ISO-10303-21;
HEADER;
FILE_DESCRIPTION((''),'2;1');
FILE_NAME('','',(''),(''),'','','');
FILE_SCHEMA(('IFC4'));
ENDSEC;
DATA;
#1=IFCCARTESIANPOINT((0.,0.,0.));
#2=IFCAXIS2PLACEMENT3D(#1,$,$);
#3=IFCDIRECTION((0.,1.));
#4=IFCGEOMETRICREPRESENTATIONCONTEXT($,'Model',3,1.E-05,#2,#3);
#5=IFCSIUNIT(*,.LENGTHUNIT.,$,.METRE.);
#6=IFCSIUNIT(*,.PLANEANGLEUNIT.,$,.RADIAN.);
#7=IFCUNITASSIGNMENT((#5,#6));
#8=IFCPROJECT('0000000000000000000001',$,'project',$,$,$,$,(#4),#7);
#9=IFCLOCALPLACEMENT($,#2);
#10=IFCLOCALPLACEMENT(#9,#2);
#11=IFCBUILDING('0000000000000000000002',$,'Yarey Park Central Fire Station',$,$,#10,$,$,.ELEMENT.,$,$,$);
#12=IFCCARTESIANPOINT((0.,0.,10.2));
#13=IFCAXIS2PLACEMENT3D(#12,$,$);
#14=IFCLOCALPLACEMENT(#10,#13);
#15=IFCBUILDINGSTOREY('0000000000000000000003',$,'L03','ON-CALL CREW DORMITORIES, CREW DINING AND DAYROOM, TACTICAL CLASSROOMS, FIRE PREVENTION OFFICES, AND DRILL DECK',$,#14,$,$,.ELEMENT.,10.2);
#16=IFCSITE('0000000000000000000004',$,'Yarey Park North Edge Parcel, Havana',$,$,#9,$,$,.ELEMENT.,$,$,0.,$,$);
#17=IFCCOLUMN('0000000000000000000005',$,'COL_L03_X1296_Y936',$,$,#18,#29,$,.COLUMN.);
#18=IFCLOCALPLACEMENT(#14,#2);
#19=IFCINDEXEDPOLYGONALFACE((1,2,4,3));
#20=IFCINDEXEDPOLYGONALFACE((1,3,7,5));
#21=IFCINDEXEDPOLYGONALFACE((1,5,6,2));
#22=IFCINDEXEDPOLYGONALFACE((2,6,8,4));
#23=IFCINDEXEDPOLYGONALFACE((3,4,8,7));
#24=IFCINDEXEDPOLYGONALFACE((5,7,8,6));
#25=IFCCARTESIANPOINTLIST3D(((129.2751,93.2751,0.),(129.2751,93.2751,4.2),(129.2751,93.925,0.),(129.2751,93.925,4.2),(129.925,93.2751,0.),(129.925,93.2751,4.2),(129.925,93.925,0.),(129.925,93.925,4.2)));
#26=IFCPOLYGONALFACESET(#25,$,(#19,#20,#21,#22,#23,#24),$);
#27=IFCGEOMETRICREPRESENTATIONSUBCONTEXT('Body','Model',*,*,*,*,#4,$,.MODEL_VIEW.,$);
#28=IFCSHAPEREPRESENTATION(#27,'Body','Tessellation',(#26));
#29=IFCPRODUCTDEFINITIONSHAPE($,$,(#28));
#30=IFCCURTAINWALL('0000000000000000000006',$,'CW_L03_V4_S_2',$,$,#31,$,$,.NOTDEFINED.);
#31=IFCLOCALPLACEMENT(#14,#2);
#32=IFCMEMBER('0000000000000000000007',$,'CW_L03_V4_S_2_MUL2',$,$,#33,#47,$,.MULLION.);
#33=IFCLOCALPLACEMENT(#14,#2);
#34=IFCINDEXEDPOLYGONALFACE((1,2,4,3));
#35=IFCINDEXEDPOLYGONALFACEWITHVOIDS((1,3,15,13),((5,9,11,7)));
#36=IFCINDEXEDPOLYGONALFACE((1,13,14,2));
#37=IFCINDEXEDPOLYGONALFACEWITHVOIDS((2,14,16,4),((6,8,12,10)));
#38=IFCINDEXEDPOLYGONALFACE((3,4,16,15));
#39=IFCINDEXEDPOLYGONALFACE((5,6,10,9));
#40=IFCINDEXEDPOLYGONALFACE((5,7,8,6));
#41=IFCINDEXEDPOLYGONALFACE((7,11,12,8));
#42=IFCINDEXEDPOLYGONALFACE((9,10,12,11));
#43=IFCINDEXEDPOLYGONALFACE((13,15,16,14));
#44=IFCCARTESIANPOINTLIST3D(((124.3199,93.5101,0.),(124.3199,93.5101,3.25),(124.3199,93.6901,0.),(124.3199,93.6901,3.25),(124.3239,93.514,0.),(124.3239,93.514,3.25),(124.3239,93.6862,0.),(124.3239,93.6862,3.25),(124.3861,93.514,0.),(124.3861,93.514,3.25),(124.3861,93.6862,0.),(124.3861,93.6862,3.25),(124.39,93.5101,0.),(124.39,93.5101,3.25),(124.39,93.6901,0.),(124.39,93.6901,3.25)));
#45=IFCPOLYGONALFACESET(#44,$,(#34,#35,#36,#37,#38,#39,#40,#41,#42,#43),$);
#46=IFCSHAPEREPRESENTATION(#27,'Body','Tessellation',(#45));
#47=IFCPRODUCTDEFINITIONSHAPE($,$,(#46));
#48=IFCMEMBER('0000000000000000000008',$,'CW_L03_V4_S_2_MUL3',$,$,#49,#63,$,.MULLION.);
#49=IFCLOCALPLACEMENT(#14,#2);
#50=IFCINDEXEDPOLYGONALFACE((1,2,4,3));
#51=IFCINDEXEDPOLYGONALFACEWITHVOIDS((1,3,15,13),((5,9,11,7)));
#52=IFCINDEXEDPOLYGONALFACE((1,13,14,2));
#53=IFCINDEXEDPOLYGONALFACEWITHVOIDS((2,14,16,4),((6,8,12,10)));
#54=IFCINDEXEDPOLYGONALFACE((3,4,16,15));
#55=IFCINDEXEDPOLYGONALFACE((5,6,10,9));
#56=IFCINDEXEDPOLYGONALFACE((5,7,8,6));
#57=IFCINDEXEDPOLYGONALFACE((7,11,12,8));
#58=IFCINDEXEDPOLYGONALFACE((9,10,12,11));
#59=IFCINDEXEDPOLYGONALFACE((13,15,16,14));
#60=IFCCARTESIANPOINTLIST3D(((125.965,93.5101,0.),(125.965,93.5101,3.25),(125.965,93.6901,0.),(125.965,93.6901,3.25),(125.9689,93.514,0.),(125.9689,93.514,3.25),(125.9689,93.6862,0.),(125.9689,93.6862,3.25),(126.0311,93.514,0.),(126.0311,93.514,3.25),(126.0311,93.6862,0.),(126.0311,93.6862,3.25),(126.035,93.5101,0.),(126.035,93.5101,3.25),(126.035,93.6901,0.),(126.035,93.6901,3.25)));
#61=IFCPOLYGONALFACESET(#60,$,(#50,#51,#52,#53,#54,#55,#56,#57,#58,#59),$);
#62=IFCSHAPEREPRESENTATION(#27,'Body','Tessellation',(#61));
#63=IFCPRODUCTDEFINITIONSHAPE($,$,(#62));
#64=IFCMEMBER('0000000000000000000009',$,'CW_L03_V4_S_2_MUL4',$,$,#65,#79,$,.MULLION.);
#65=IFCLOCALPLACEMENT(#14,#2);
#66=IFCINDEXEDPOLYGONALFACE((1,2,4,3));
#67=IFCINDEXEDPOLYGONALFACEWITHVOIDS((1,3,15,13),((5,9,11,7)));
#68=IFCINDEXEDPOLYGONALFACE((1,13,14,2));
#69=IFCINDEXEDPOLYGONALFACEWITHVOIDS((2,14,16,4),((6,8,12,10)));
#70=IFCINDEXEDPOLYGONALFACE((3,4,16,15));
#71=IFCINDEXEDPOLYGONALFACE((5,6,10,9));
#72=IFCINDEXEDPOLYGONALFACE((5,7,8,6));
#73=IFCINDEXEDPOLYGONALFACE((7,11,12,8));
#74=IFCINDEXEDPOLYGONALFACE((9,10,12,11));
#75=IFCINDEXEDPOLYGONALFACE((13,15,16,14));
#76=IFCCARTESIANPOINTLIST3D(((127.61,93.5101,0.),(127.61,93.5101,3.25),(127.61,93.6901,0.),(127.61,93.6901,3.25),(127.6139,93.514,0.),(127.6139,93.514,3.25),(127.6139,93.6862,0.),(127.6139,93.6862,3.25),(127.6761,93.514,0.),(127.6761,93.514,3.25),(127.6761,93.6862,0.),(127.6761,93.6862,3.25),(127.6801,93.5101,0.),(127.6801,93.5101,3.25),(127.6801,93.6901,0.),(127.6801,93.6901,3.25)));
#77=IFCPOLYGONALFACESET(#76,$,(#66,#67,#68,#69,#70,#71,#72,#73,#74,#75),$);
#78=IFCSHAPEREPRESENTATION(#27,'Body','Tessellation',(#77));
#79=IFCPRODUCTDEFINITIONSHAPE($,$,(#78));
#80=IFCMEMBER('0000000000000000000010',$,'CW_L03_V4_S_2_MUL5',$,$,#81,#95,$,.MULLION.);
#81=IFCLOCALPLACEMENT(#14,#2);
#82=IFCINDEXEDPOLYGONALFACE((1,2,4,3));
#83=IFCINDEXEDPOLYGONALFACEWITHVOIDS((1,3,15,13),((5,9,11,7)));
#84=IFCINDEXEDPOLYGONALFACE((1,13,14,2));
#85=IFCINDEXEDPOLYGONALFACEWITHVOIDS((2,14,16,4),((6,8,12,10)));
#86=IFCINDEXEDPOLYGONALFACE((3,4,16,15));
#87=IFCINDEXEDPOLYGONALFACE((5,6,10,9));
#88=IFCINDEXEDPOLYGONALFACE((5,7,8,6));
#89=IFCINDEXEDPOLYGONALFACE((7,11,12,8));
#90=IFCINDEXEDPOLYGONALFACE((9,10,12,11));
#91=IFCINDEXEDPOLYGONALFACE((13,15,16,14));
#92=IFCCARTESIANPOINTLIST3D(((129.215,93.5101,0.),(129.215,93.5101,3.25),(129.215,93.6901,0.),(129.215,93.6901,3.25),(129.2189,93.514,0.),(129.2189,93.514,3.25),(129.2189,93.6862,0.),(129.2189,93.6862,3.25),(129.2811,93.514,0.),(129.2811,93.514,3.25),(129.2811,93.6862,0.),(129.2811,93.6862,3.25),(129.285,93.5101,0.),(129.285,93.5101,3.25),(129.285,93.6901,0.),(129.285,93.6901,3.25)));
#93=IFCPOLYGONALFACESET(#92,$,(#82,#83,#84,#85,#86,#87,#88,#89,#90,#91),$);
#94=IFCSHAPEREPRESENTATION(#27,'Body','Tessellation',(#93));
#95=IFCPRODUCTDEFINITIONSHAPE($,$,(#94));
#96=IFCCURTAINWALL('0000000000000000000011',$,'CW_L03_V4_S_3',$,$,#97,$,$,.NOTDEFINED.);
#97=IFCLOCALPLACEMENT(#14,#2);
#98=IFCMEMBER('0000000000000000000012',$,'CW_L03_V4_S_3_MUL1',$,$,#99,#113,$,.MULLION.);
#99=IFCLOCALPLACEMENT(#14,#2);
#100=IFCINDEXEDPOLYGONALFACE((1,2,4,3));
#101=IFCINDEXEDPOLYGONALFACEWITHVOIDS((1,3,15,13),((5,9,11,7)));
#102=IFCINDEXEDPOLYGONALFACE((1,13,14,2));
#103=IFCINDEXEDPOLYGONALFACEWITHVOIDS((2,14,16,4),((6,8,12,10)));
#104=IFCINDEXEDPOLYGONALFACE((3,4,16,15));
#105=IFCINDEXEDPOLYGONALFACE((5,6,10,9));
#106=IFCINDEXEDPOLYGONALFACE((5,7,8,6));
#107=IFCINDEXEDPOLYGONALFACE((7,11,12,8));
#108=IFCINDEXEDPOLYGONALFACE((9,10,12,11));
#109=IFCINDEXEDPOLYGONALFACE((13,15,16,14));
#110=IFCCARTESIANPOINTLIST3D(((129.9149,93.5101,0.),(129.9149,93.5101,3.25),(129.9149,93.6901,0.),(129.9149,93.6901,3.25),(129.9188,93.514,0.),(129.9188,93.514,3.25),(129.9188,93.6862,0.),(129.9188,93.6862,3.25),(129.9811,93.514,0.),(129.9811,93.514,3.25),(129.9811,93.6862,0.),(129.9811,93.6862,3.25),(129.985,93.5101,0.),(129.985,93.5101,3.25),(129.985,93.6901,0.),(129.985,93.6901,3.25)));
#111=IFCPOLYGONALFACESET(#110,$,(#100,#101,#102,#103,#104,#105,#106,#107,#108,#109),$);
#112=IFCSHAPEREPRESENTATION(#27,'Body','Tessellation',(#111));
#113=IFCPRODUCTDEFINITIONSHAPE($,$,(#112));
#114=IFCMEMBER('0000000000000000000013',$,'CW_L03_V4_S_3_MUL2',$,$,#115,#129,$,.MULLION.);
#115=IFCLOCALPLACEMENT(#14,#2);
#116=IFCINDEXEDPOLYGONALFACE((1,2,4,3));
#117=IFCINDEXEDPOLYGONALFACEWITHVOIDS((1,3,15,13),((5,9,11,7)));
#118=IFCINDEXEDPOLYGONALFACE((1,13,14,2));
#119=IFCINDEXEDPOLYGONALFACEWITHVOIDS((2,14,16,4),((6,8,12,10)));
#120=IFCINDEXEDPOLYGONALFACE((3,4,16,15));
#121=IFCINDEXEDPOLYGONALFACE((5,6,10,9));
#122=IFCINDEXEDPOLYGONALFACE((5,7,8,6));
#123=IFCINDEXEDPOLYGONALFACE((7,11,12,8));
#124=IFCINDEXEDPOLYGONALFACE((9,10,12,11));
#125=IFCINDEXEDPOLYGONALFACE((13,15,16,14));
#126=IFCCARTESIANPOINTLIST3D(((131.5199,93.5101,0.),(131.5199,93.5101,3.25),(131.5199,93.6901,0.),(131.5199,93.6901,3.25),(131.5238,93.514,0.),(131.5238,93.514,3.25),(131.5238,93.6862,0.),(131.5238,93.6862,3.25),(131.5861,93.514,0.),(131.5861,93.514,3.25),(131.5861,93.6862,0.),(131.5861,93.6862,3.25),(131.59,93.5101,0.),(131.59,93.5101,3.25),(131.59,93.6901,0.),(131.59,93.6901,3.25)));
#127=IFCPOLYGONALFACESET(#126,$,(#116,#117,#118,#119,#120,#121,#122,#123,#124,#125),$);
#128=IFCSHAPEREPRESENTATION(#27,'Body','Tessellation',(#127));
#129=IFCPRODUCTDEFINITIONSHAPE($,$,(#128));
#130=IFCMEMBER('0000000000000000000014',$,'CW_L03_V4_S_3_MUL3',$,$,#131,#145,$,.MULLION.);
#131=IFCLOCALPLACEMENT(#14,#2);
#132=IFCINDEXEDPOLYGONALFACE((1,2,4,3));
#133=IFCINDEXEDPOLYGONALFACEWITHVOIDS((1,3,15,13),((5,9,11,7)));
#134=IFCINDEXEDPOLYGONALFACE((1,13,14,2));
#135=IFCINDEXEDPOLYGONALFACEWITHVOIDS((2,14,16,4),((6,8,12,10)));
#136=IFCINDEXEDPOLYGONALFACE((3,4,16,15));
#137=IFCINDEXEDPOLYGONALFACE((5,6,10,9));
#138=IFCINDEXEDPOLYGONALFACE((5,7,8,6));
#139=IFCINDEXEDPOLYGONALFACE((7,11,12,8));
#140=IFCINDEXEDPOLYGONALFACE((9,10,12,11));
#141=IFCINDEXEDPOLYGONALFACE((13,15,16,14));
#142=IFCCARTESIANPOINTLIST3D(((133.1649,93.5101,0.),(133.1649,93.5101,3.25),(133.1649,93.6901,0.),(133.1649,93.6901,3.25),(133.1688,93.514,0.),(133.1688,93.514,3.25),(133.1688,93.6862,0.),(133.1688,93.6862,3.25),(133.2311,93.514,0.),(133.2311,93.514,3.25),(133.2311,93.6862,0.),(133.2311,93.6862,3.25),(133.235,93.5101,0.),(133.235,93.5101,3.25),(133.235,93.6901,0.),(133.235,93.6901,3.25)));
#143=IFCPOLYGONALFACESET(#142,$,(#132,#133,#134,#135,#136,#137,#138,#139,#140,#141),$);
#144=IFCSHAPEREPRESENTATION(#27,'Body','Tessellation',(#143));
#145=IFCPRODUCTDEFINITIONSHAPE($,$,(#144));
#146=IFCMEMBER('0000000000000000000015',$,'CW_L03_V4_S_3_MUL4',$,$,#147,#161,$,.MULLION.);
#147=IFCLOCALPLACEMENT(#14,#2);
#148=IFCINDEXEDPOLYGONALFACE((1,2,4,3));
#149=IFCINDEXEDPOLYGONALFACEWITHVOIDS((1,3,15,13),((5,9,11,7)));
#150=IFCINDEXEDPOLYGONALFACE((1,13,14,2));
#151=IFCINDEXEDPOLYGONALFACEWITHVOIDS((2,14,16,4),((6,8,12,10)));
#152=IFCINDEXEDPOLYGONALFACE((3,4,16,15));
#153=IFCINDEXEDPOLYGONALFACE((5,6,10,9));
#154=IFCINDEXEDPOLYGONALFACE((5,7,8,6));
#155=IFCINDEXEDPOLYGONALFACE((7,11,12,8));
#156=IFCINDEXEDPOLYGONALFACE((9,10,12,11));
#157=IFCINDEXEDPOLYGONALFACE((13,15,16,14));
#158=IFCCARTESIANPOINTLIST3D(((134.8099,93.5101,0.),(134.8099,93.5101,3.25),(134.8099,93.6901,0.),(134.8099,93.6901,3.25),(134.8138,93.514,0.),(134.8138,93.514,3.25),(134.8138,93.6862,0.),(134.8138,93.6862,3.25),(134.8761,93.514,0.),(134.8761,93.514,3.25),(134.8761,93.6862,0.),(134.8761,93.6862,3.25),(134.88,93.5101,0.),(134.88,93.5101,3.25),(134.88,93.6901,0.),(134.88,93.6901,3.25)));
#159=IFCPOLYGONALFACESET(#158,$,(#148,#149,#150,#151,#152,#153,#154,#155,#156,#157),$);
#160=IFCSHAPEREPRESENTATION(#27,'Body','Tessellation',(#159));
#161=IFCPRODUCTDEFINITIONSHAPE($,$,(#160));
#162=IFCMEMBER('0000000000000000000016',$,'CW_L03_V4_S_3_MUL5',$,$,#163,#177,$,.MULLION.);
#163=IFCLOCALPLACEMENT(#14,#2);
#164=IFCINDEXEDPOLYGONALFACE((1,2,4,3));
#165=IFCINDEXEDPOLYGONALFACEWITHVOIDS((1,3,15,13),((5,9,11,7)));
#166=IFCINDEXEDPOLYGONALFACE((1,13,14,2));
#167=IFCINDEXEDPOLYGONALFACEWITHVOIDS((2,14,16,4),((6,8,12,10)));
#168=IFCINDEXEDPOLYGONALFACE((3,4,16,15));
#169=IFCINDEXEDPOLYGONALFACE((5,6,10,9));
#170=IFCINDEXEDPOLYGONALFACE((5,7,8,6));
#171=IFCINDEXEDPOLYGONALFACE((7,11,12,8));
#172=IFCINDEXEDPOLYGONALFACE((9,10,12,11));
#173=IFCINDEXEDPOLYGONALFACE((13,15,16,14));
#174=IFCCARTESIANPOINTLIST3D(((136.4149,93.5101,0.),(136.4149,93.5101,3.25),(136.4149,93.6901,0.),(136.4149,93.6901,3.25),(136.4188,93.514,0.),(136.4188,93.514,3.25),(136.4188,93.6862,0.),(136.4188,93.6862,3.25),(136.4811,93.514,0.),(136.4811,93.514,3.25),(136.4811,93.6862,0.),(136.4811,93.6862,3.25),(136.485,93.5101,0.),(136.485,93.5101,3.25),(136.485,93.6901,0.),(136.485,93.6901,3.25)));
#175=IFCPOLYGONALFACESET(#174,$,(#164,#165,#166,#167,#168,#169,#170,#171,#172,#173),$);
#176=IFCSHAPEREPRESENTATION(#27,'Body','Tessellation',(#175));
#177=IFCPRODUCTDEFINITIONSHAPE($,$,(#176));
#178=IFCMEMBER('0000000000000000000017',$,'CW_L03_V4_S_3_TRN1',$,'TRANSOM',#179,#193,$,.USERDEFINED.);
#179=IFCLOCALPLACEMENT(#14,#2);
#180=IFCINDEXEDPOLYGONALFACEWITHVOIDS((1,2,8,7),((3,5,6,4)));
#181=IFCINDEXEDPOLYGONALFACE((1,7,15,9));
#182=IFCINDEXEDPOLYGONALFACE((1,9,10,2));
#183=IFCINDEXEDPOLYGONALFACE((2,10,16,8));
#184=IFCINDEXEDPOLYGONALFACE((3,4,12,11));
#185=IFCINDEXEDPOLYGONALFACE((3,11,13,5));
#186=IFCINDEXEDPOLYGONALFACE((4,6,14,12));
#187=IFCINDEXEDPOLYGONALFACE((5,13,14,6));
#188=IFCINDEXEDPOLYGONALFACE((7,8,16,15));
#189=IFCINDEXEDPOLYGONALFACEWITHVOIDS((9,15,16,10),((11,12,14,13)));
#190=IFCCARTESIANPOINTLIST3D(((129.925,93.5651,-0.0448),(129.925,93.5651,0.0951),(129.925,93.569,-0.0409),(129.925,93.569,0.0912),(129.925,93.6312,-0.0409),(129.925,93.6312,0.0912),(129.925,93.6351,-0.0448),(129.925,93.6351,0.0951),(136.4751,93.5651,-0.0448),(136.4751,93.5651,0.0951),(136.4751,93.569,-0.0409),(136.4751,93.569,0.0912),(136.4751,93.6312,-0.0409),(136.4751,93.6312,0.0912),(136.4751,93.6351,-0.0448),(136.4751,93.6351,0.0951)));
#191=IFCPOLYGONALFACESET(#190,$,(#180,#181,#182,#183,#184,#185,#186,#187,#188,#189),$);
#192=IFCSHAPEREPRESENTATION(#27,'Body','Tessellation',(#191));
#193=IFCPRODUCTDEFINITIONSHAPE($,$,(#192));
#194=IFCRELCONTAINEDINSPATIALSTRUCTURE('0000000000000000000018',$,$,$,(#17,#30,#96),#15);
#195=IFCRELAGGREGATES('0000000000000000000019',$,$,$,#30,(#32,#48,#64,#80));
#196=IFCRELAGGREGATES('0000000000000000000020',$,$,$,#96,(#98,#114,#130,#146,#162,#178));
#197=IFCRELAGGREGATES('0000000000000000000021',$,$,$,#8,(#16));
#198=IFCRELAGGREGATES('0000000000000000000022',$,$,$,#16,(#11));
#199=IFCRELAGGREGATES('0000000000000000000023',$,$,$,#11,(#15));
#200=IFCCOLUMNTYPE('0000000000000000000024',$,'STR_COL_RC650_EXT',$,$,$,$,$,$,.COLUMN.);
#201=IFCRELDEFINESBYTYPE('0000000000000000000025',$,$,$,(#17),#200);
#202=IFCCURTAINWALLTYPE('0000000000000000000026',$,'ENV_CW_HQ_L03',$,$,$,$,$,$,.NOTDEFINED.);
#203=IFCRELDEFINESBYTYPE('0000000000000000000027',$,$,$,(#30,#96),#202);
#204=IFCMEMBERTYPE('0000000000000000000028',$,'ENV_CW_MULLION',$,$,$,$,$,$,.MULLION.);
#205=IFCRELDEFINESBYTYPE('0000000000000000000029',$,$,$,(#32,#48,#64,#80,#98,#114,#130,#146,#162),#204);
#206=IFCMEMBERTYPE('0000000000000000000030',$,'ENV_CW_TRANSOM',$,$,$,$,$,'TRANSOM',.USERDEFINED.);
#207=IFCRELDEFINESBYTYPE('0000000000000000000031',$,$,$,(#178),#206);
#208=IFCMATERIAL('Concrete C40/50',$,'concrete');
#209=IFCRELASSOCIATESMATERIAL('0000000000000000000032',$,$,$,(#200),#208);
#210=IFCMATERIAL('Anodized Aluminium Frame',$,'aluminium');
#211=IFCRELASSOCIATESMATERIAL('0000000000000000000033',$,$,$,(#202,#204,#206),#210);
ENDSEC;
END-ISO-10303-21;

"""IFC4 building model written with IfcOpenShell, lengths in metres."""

from ifc_helpers import new_model, si_unit, direction, frame, origin, origin_2d, place, context, subcontext, project, spatial, rectangle, hollow_rectangle, extrude, material, material_profile, profile_set, type_object, element, aggregate, save


model = new_model("IFC4")

# Units and contexts
model_context = context("Model", 3, precision=1e-05, world=origin(), true_north=direction((0.0, 1.0)))
body_context = subcontext(model_context, "Body", "Model", "MODEL_VIEW")
ifc_project = project(units=[si_unit("LENGTHUNIT", "METRE"), si_unit("PLANEANGLEUNIT", "RADIAN")], contexts=[model_context])

# Site, building, storey
site_placement = place(None, origin())
site = spatial("IfcSite", under=ifc_project, at=site_placement, Name="Yarey Park North Edge Parcel, Havana", CompositionType="ELEMENT", RefElevation=0.0)
building_placement = place(site_placement, origin())
building = spatial("IfcBuilding", under=site, at=building_placement, Name="Yarey Park Central Fire Station", CompositionType="ELEMENT")
storey_placement = place(building_placement, frame((0.0, 0.0, 10.2)))
storey = spatial("IfcBuildingStorey", under=building, at=storey_placement, Name="L03", Description="ON-CALL CREW DORMITORIES, CREW DINING AND DAYROOM, TACTICAL CLASSROOMS, FIRE PREVENTION OFFICES, AND DRILL DECK", CompositionType="ELEMENT", Elevation=10.2)

# Column
ifc_material_1 = material(Name="Concrete C40/50", Category="concrete")
ifc_material_profile_1 = material_profile(ifc_material_1, rectangle(XDim=0.6499, YDim=0.6499, at=origin_2d()), Name="RC 650x650")
ifc_profile_set_1 = profile_set([ifc_material_profile_1], Name="Concrete C40/50")
column_type = type_object("IfcColumnType", Name="STR_COL_RC650_EXT", PredefinedType="COLUMN", material=ifc_profile_set_1)
column_placement = place(storey_placement, frame((129.6001, 93.6001, 0.0), z_axis=(0.0, 0.0, 1.0), x_axis=(1.0, 0.0, 0.0)))
element("IfcColumn", 1, at=column_placement, inside=storey, type_object=column_type, Name="COL_L03_X1296_Y936", PredefinedType="COLUMN", context=body_context, shape_type="SweptSolid", body=[
    extrude(rectangle(XDim=0.6499, YDim=0.6499, at=origin_2d()), origin(), (0.0, 0.0, 1.0), 4.2),
])

# Curtain walls, members
ifc_material_2 = material(Name="Anodized Aluminium Frame", Category="aluminium")
curtain_wall_type = type_object("IfcCurtainWallType", Name="ENV_CW_HQ_L03", PredefinedType="NOTDEFINED", material=ifc_material_2)
curtain_wall_1_placement = place(storey_placement, origin())
curtain_wall_1 = element("IfcCurtainWall", 2, at=curtain_wall_1_placement, inside=storey, type_object=curtain_wall_type, Name="CW_L03_V4_S_2", PredefinedType="NOTDEFINED")
ifc_material_profile_2 = material_profile(ifc_material_2, hollow_rectangle(XDim=0.0701, YDim=0.1799, WallThickness=0.0039, at=origin_2d()), Name="ALU 180x70x4")
ifc_profile_set_2 = profile_set([ifc_material_profile_2], Name="Anodized Aluminium Frame")
member_type_1 = type_object("IfcMemberType", Name="ENV_CW_MULLION", PredefinedType="MULLION", material=ifc_profile_set_2)
member_1_placement = place(storey_placement, frame((124.355, 93.6001, 0.0), z_axis=(0.0, 0.0, 1.0), x_axis=(1.0, 0.0, 0.0)))
member_1 = element("IfcMember", 3, at=member_1_placement, type_object=member_type_1, Name="CW_L03_V4_S_2_MUL2", PredefinedType="MULLION", context=body_context, shape_type="SweptSolid", body=[
    extrude(hollow_rectangle(XDim=0.0701, YDim=0.1799, WallThickness=0.0039, at=origin_2d()), origin(), (0.0, 0.0, 1.0), 3.25),
])
member_2_placement = place(storey_placement, frame((126.0, 93.6001, 0.0), z_axis=(0.0, 0.0, 1.0), x_axis=(1.0, 0.0, 0.0)))
member_2 = element("IfcMember", 4, at=member_2_placement, type_object=member_type_1, Name="CW_L03_V4_S_2_MUL3", PredefinedType="MULLION", context=body_context, shape_type="SweptSolid", body=[
    extrude(hollow_rectangle(XDim=0.0701, YDim=0.1799, WallThickness=0.0039, at=origin_2d()), origin(), (0.0, 0.0, 1.0), 3.25),
])
member_3_placement = place(storey_placement, frame((127.645, 93.6001, 0.0), z_axis=(0.0, 0.0, 1.0), x_axis=(1.0, 0.0, 0.0)))
member_3 = element("IfcMember", 5, at=member_3_placement, type_object=member_type_1, Name="CW_L03_V4_S_2_MUL4", PredefinedType="MULLION", context=body_context, shape_type="SweptSolid", body=[
    extrude(hollow_rectangle(XDim=0.0701, YDim=0.1799, WallThickness=0.0039, at=origin_2d()), origin(), (0.0, 0.0, 1.0), 3.25),
])
member_4_placement = place(storey_placement, frame((129.25, 93.6001, 0.0), z_axis=(0.0, 0.0, 1.0), x_axis=(1.0, 0.0, 0.0)))
member_4 = element("IfcMember", 6, at=member_4_placement, type_object=member_type_1, Name="CW_L03_V4_S_2_MUL5", PredefinedType="MULLION", context=body_context, shape_type="SweptSolid", body=[
    extrude(hollow_rectangle(XDim=0.0701, YDim=0.1799, WallThickness=0.0039, at=origin_2d()), origin(), (0.0, 0.0, 1.0), 3.25),
])
curtain_wall_2_placement = place(storey_placement, origin())
curtain_wall_2 = element("IfcCurtainWall", 7, at=curtain_wall_2_placement, inside=storey, type_object=curtain_wall_type, Name="CW_L03_V4_S_3", PredefinedType="NOTDEFINED")
member_5_placement = place(storey_placement, frame((129.95, 93.6001, 0.0), z_axis=(0.0, 0.0, 1.0), x_axis=(1.0, 0.0, 0.0)))
member_5 = element("IfcMember", 8, at=member_5_placement, type_object=member_type_1, Name="CW_L03_V4_S_3_MUL1", PredefinedType="MULLION", context=body_context, shape_type="SweptSolid", body=[
    extrude(hollow_rectangle(XDim=0.0701, YDim=0.1799, WallThickness=0.0039, at=origin_2d()), origin(), (0.0, 0.0, 1.0), 3.25),
])
member_6_placement = place(storey_placement, frame((131.5549, 93.6001, 0.0), z_axis=(0.0, 0.0, 1.0), x_axis=(1.0, 0.0, 0.0)))
member_6 = element("IfcMember", 9, at=member_6_placement, type_object=member_type_1, Name="CW_L03_V4_S_3_MUL2", PredefinedType="MULLION", context=body_context, shape_type="SweptSolid", body=[
    extrude(hollow_rectangle(XDim=0.0701, YDim=0.1799, WallThickness=0.0039, at=origin_2d()), origin(), (0.0, 0.0, 1.0), 3.25),
])
member_7_placement = place(storey_placement, frame((133.2, 93.6001, 0.0), z_axis=(0.0, 0.0, 1.0), x_axis=(1.0, 0.0, 0.0)))
member_7 = element("IfcMember", 10, at=member_7_placement, type_object=member_type_1, Name="CW_L03_V4_S_3_MUL3", PredefinedType="MULLION", context=body_context, shape_type="SweptSolid", body=[
    extrude(hollow_rectangle(XDim=0.0701, YDim=0.1799, WallThickness=0.0039, at=origin_2d()), origin(), (0.0, 0.0, 1.0), 3.25),
])
member_8_placement = place(storey_placement, frame((134.845, 93.6001, 0.0), z_axis=(0.0, 0.0, 1.0), x_axis=(1.0, 0.0, 0.0)))
member_8 = element("IfcMember", 11, at=member_8_placement, type_object=member_type_1, Name="CW_L03_V4_S_3_MUL4", PredefinedType="MULLION", context=body_context, shape_type="SweptSolid", body=[
    extrude(hollow_rectangle(XDim=0.0701, YDim=0.1799, WallThickness=0.0039, at=origin_2d()), origin(), (0.0, 0.0, 1.0), 3.25),
])
member_9_placement = place(storey_placement, frame((136.45, 93.6001, 0.0), z_axis=(0.0, 0.0, 1.0), x_axis=(1.0, 0.0, 0.0)))
member_9 = element("IfcMember", 12, at=member_9_placement, type_object=member_type_1, Name="CW_L03_V4_S_3_MUL5", PredefinedType="MULLION", context=body_context, shape_type="SweptSolid", body=[
    extrude(hollow_rectangle(XDim=0.0701, YDim=0.1799, WallThickness=0.0039, at=origin_2d()), origin(), (0.0, 0.0, 1.0), 3.25),
])
ifc_material_profile_3 = material_profile(ifc_material_2, hollow_rectangle(XDim=0.0701, YDim=0.1399, WallThickness=0.0039, at=origin_2d()), Name="ALU 140x70x4")
ifc_profile_set_3 = profile_set([ifc_material_profile_3], Name="Anodized Aluminium Frame")
member_type_2 = type_object("IfcMemberType", Name="ENV_CW_TRANSOM", ElementType="TRANSOM", PredefinedType="USERDEFINED", material=ifc_profile_set_3)
member_10_placement = place(storey_placement, frame((129.925, 93.6001, 0.0251), z_axis=(1.0, 0.0, 0.0), x_axis=(0.0, 1.0, 0.0)))
member_10 = element("IfcMember", 13, at=member_10_placement, type_object=member_type_2, Name="CW_L03_V4_S_3_TRN1", ObjectType="TRANSOM", PredefinedType="USERDEFINED", context=body_context, shape_type="SweptSolid", body=[
    extrude(hollow_rectangle(XDim=0.0701, YDim=0.1399, WallThickness=0.0039, at=origin_2d()), origin(), (0.0, 0.0, 1.0), 6.55),
])

aggregate(curtain_wall_1, [member_1, member_2, member_3, member_4])
aggregate(curtain_wall_2, [member_5, member_6, member_7, member_8, member_9, member_10])

save(model, "model.ifc")
